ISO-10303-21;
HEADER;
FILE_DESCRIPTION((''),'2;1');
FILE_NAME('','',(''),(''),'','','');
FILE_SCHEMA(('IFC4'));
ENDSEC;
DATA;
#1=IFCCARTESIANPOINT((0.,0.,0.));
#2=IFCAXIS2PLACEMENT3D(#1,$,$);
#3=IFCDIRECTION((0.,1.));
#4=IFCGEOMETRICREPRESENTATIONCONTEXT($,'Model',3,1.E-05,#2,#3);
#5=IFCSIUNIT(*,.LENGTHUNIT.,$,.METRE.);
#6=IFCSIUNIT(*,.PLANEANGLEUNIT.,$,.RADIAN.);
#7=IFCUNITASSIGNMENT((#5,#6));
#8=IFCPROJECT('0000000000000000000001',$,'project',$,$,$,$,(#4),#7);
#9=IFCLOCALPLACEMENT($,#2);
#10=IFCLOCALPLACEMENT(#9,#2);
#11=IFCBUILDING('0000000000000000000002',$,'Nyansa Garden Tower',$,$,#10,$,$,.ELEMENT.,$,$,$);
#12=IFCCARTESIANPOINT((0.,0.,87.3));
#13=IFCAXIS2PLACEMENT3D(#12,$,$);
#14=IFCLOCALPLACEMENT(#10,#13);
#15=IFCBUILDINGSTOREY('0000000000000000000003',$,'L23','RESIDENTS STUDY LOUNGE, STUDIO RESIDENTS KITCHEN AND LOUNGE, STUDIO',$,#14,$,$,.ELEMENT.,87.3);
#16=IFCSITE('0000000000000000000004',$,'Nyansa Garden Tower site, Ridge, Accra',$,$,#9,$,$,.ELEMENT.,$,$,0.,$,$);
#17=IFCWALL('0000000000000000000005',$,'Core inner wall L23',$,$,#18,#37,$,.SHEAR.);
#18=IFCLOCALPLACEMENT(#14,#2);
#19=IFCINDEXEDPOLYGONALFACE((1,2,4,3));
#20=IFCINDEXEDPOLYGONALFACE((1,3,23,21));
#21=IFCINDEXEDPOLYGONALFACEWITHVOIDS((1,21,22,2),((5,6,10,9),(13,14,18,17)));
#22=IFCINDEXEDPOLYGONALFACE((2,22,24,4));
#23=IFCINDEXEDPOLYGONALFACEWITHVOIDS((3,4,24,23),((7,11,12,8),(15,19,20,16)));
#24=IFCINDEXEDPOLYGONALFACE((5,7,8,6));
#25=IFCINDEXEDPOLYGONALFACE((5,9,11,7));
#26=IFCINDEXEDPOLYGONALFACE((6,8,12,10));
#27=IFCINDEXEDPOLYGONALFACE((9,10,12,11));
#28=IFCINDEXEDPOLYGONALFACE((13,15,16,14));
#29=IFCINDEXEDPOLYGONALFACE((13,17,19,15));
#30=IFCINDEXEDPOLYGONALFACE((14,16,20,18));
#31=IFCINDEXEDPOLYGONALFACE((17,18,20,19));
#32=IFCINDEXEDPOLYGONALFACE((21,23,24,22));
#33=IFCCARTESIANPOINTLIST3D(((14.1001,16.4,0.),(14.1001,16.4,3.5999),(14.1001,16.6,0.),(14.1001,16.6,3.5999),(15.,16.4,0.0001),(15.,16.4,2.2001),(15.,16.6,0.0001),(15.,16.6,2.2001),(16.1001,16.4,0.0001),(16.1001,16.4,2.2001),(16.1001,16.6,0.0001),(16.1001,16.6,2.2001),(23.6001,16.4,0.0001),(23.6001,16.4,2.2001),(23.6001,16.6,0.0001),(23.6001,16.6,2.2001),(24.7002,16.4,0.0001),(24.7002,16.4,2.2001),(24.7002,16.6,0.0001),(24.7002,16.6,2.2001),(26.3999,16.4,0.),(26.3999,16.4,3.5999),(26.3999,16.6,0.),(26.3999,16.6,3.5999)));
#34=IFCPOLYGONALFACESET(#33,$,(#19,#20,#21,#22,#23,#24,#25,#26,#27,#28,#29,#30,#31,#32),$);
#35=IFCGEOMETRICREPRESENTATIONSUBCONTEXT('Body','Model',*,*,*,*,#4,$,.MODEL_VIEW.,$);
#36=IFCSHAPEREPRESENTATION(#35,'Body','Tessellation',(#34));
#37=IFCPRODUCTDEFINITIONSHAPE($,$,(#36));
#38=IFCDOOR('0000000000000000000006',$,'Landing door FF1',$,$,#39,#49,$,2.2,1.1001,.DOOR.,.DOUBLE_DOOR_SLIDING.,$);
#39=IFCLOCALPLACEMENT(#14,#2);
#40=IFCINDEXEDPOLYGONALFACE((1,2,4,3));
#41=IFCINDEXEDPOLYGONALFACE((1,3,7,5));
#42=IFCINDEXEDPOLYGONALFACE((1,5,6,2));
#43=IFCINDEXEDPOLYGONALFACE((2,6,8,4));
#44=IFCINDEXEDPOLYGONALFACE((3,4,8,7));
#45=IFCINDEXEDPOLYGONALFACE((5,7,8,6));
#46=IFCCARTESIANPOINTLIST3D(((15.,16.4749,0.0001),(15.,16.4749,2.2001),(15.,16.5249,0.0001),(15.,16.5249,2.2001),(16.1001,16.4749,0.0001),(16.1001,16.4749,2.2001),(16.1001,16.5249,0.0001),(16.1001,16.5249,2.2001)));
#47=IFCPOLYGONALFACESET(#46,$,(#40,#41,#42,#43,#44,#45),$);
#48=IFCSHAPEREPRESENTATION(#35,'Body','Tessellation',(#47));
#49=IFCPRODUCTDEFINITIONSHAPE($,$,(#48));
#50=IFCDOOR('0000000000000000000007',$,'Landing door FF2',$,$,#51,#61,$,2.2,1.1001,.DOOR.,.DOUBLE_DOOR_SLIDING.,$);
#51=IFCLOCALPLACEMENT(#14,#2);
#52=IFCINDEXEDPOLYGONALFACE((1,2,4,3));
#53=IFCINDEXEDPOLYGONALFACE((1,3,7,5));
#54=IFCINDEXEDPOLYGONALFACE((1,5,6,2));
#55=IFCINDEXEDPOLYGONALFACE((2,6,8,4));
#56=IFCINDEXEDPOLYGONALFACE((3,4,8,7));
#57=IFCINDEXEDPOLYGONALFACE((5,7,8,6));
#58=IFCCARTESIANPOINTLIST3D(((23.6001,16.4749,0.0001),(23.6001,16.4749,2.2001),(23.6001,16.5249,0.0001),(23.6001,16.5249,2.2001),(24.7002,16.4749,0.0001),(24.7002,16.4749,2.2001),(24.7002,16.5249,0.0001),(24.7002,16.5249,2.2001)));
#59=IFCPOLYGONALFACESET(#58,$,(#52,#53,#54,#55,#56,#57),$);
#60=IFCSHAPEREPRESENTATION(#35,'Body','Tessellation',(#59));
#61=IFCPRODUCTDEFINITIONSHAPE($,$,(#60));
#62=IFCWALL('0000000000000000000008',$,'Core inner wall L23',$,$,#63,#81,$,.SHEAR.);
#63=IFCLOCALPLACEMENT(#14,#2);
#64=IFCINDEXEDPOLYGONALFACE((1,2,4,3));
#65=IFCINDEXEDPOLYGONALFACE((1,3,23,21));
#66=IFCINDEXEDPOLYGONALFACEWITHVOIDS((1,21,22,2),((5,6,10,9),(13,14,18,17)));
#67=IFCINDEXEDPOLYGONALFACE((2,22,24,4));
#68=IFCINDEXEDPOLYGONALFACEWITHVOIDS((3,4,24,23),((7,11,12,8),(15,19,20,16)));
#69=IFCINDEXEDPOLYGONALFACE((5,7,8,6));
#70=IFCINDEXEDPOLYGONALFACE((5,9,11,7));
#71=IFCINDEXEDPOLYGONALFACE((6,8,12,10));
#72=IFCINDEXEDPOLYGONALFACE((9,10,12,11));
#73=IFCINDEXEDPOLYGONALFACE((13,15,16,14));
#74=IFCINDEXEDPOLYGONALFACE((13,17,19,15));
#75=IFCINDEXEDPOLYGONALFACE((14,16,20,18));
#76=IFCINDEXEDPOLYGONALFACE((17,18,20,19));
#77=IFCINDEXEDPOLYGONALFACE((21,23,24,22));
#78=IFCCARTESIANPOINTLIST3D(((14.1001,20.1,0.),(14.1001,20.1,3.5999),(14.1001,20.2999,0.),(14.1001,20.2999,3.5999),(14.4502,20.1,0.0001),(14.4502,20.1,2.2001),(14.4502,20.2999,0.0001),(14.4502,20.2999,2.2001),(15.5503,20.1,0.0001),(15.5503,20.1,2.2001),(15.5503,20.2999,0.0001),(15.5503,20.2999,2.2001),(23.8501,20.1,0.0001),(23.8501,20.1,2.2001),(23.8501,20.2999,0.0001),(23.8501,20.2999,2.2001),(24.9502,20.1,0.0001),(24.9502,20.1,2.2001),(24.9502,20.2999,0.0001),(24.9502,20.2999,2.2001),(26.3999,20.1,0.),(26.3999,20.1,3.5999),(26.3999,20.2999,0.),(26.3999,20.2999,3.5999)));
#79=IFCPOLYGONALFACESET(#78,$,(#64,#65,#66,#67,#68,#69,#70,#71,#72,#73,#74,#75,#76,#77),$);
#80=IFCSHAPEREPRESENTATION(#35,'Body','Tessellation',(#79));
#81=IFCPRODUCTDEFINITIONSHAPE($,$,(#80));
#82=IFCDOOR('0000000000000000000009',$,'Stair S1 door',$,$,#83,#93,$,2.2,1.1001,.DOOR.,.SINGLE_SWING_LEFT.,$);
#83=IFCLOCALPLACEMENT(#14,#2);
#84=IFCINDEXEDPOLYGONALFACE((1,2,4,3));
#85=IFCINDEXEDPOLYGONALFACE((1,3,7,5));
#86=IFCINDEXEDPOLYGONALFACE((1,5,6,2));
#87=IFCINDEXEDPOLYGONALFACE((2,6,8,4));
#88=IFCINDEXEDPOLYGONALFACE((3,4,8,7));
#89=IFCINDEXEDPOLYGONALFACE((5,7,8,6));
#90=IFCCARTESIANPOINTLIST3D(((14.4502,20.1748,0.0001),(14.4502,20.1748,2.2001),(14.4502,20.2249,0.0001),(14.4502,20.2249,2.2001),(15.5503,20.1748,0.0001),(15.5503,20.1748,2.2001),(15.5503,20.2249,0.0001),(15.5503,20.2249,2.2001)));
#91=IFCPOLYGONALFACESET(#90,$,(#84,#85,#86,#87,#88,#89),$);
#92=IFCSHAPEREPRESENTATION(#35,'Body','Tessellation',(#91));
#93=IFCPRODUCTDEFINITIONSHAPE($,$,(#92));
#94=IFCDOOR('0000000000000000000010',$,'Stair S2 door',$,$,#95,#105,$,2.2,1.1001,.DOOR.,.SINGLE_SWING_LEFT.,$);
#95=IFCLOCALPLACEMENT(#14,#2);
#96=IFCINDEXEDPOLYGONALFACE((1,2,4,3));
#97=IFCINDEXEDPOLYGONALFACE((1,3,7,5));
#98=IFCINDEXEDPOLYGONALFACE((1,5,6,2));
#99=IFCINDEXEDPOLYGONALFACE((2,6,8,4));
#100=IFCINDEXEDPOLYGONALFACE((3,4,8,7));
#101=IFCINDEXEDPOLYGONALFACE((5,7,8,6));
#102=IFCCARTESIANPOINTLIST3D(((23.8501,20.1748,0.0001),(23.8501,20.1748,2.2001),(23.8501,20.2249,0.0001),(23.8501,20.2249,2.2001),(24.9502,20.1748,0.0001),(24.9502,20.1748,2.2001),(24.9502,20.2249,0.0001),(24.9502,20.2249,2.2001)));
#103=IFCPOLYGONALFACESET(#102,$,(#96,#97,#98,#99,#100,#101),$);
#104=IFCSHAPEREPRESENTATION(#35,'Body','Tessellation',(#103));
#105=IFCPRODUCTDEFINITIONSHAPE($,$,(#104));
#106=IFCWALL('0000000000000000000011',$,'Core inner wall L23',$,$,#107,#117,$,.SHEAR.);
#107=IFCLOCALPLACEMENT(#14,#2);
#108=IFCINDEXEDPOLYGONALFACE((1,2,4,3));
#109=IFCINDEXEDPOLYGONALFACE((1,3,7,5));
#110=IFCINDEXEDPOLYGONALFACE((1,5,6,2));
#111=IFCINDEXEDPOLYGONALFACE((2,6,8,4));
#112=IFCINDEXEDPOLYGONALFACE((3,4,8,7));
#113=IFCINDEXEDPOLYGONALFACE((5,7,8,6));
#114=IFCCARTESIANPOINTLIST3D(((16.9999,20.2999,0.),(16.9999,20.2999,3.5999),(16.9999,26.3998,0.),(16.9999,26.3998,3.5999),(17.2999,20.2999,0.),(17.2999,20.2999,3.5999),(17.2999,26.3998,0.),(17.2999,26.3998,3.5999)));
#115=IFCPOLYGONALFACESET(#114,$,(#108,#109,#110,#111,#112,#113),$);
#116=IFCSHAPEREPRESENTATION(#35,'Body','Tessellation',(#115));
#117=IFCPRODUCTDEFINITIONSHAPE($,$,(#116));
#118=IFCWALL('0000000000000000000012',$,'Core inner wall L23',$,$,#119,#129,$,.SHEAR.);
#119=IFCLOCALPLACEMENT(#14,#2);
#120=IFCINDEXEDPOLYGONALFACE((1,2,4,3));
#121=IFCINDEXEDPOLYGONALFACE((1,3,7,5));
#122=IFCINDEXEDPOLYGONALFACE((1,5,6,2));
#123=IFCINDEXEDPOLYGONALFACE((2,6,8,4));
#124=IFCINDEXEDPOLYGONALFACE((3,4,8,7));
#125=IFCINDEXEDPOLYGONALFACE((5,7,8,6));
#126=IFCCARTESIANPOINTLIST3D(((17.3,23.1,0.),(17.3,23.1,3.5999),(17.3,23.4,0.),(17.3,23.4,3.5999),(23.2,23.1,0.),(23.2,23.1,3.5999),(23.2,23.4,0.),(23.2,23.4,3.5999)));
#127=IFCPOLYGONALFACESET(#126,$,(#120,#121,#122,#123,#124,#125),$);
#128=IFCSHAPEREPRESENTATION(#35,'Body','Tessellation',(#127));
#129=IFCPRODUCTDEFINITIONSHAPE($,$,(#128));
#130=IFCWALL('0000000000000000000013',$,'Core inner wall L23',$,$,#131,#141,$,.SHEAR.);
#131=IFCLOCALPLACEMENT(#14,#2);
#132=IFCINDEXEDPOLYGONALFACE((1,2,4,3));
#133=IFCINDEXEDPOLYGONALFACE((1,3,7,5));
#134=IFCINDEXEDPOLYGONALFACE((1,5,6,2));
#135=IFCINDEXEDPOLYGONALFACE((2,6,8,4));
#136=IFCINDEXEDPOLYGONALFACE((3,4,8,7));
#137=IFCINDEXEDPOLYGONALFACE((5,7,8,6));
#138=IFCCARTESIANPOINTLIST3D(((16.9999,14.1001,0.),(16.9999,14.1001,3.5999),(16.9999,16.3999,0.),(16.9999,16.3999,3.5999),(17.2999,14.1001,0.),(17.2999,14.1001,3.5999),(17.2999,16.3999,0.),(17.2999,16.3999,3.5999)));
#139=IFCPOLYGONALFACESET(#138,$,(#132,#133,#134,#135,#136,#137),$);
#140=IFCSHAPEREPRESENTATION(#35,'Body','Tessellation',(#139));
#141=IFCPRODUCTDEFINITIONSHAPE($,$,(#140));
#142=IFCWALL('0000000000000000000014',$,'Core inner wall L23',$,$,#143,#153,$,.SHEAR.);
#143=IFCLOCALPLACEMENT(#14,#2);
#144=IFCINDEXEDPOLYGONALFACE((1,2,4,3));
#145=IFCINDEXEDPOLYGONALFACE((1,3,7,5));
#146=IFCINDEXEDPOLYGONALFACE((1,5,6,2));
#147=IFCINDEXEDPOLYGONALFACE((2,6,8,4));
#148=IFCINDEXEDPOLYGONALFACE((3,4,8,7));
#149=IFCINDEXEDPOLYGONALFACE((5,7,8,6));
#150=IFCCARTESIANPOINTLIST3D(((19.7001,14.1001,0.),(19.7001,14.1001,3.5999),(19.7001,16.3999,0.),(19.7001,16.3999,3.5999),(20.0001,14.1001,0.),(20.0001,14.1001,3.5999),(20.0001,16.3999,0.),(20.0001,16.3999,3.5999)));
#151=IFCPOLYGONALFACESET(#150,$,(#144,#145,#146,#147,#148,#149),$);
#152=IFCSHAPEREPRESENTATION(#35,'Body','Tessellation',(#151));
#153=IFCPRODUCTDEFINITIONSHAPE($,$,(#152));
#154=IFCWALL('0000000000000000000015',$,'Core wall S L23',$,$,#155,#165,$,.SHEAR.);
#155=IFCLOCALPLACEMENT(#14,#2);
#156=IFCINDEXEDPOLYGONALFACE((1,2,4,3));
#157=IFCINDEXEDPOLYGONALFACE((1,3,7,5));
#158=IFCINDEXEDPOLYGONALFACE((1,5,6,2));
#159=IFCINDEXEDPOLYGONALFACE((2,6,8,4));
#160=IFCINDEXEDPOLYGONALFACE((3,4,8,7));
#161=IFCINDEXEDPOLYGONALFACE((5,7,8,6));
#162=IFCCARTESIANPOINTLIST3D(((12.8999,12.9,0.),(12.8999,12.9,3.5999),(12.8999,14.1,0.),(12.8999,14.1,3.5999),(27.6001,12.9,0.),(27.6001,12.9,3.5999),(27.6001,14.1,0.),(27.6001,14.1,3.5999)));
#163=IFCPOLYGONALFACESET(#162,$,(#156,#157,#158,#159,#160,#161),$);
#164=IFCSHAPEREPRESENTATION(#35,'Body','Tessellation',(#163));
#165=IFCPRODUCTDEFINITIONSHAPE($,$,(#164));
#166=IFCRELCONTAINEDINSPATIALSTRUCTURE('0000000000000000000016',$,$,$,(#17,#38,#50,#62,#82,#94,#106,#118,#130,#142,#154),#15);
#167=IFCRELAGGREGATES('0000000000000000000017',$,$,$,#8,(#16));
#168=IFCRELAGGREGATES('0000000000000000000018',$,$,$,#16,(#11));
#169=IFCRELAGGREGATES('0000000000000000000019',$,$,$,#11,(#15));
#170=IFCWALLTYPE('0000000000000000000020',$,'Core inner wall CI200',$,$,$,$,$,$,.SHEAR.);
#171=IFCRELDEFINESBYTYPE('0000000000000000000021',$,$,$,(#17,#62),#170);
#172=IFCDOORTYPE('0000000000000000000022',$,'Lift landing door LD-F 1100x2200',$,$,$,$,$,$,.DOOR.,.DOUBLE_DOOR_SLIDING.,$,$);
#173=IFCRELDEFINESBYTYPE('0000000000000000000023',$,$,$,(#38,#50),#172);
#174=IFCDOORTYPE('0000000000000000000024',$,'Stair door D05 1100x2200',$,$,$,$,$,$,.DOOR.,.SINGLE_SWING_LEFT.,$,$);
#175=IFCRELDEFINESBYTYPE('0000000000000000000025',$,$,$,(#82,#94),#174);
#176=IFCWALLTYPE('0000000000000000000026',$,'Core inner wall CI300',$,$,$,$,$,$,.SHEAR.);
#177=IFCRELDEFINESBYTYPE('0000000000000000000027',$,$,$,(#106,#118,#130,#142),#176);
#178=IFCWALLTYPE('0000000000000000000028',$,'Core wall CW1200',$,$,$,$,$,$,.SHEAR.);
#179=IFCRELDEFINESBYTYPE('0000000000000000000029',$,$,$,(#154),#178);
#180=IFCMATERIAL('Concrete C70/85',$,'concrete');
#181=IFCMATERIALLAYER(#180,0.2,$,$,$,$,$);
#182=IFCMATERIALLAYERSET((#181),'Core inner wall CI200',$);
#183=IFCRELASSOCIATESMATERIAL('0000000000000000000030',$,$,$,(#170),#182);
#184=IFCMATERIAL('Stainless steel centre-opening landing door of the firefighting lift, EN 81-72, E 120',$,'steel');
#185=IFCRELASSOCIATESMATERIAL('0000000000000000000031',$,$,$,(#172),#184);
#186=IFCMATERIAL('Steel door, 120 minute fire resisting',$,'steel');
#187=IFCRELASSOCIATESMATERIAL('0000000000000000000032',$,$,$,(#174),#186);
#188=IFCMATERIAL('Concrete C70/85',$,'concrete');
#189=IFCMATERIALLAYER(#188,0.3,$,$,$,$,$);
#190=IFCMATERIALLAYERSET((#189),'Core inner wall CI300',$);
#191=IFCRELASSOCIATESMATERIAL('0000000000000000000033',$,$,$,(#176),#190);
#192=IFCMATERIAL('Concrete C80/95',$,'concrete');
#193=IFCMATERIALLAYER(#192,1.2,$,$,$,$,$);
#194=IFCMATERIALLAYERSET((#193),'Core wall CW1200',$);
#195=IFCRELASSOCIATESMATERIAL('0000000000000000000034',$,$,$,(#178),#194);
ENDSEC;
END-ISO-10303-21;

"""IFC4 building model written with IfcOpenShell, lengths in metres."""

from ifc_helpers import new_model, si_unit, direction, frame, frame_2d, origin, place, context, subcontext, project, spatial, rectangle, extrude, material, layer, layer_set, type_object, element, fill, save


model = new_model("IFC4")

# Units and contexts
model_context = context("Model", 3, precision=1e-05, world=origin(), true_north=direction((0.0, 1.0)))
body_context = subcontext(model_context, "Body", "Model", "MODEL_VIEW")
ifc_project = project(units=[si_unit("LENGTHUNIT", "METRE"), si_unit("PLANEANGLEUNIT", "RADIAN")], contexts=[model_context])

# Site, building, storey
site_placement = place(None, origin())
site = spatial("IfcSite", under=ifc_project, at=site_placement, Name="Nyansa Garden Tower site, Ridge, Accra", CompositionType="ELEMENT", RefElevation=0.0)
building_placement = place(site_placement, origin())
building = spatial("IfcBuilding", under=site, at=building_placement, Name="Nyansa Garden Tower", CompositionType="ELEMENT")
storey_placement = place(building_placement, frame((0.0, 0.0, 87.3)))
storey = spatial("IfcBuildingStorey", under=building, at=storey_placement, Name="L23", Description="RESIDENTS STUDY LOUNGE, STUDIO RESIDENTS KITCHEN AND LOUNGE, STUDIO", CompositionType="ELEMENT", Elevation=87.3)

# Walls, openings, doors
ifc_material_1 = material(Name="Concrete C70/85", Category="concrete")
ifc_layer_1 = layer(ifc_material_1, 0.2)
ifc_layer_set_1 = layer_set([ifc_layer_1], Name="Core inner wall CI200")
wall_type_1 = type_object("IfcWallType", Name="Core inner wall CI200", PredefinedType="SHEAR", material=ifc_layer_set_1)
wall_1_placement = place(storey_placement, frame((14.1001, 16.5, 0.0), z_axis=(0.0, 0.0, 1.0), x_axis=(1.0, 0.0, 0.0)))
wall_1 = element("IfcWall", 1, at=wall_1_placement, inside=storey, type_object=wall_type_1, Name="Core inner wall L23", PredefinedType="SHEAR", context=body_context, shape_type="SweptSolid", body=[
    extrude(rectangle(XDim=12.2998, YDim=0.2, at=frame_2d((6.1499, 0.0))), origin(), (0.0, 0.0, 1.0), 3.5999),
])
opening_1_placement = place(wall_1_placement, frame((0.8999, 0.0, 0.0)))
opening_1 = element("IfcOpeningElement", 2, at=opening_1_placement, cuts=wall_1, PredefinedType="OPENING", context=body_context, shape_type="SweptSolid", body=[
    extrude(rectangle(XDim=1.1001, YDim=2.2, at=frame_2d((0.55, 1.1001))), frame((0.0, 0.1099, 0.0), z_axis=(0.0, -1.0, 0.0), x_axis=(1.0, 0.0, 0.0)), (0.0, 0.0, 1.0), 0.22),
])
opening_2_placement = place(wall_1_placement, frame((9.5, 0.0, 0.0)))
opening_2 = element("IfcOpeningElement", 3, at=opening_2_placement, cuts=wall_1, PredefinedType="OPENING", context=body_context, shape_type="SweptSolid", body=[
    extrude(rectangle(XDim=1.1001, YDim=2.2, at=frame_2d((0.55, 1.1001))), frame((0.0, 0.1099, 0.0), z_axis=(0.0, -1.0, 0.0), x_axis=(1.0, 0.0, 0.0)), (0.0, 0.0, 1.0), 0.22),
])
ifc_material_2 = material(Name="Stainless steel centre-opening landing door of the firefighting lift, EN 81-72, E 120", Category="steel")
door_type_1 = type_object("IfcDoorType", Name="Lift landing door LD-F 1100x2200", OperationType="DOUBLE_DOOR_SLIDING", PredefinedType="DOOR", material=ifc_material_2)
door_1_placement = place(opening_1_placement, origin())
door_1 = element("IfcDoor", 4, at=door_1_placement, inside=storey, type_object=door_type_1, Name="Landing door FF1", OperationType="DOUBLE_DOOR_SLIDING", OverallHeight=2.2, OverallWidth=1.1001, PredefinedType="DOOR", context=body_context, shape_type="SweptSolid", body=[
    extrude(rectangle(XDim=1.1001, YDim=2.2, at=frame_2d((0.55, 1.1001))), frame((0.0, 0.0249, 0.0), z_axis=(0.0, -1.0, 0.0), x_axis=(1.0, 0.0, 0.0)), (0.0, 0.0, 1.0), 0.05),
])
fill(opening_1, door_1)
door_2_placement = place(opening_2_placement, origin())
door_2 = element("IfcDoor", 5, at=door_2_placement, inside=storey, type_object=door_type_1, Name="Landing door FF2", OperationType="DOUBLE_DOOR_SLIDING", OverallHeight=2.2, OverallWidth=1.1001, PredefinedType="DOOR", context=body_context, shape_type="SweptSolid", body=[
    extrude(rectangle(XDim=1.1001, YDim=2.2, at=frame_2d((0.55, 1.1001))), frame((0.0, 0.0249, 0.0), z_axis=(0.0, -1.0, 0.0), x_axis=(1.0, 0.0, 0.0)), (0.0, 0.0, 1.0), 0.05),
])
fill(opening_2, door_2)
wall_2_placement = place(storey_placement, frame((14.1001, 20.2, 0.0), z_axis=(0.0, 0.0, 1.0), x_axis=(1.0, 0.0, 0.0)))
wall_2 = element("IfcWall", 6, at=wall_2_placement, inside=storey, type_object=wall_type_1, Name="Core inner wall L23", PredefinedType="SHEAR", context=body_context, shape_type="SweptSolid", body=[
    extrude(rectangle(XDim=12.2998, YDim=0.2, at=frame_2d((6.1499, 0.0))), origin(), (0.0, 0.0, 1.0), 3.5999),
])
opening_3_placement = place(wall_2_placement, frame((0.3501, 0.0, 0.0)))
opening_3 = element("IfcOpeningElement", 7, at=opening_3_placement, cuts=wall_2, PredefinedType="OPENING", context=body_context, shape_type="SweptSolid", body=[
    extrude(rectangle(XDim=1.1001, YDim=2.2, at=frame_2d((0.55, 1.1001))), frame((0.0, 0.1099, 0.0), z_axis=(0.0, -1.0, 0.0), x_axis=(1.0, 0.0, 0.0)), (0.0, 0.0, 1.0), 0.22),
])
opening_4_placement = place(wall_2_placement, frame((9.75, 0.0, 0.0)))
opening_4 = element("IfcOpeningElement", 8, at=opening_4_placement, cuts=wall_2, PredefinedType="OPENING", context=body_context, shape_type="SweptSolid", body=[
    extrude(rectangle(XDim=1.1001, YDim=2.2, at=frame_2d((0.55, 1.1001))), frame((0.0, 0.1099, 0.0), z_axis=(0.0, -1.0, 0.0), x_axis=(1.0, 0.0, 0.0)), (0.0, 0.0, 1.0), 0.22),
])
ifc_material_3 = material(Name="Steel door, 120 minute fire resisting", Category="steel")
door_type_2 = type_object("IfcDoorType", Name="Stair door D05 1100x2200", OperationType="SINGLE_SWING_LEFT", PredefinedType="DOOR", material=ifc_material_3)
door_3_placement = place(opening_3_placement, origin())
door_3 = element("IfcDoor", 9, at=door_3_placement, inside=storey, type_object=door_type_2, Name="Stair S1 door", OperationType="SINGLE_SWING_LEFT", OverallHeight=2.2, OverallWidth=1.1001, PredefinedType="DOOR", context=body_context, shape_type="SweptSolid", body=[
    extrude(rectangle(XDim=1.1001, YDim=2.2, at=frame_2d((0.55, 1.1001))), frame((0.0, 0.0249, 0.0), z_axis=(0.0, -1.0, 0.0), x_axis=(1.0, 0.0, 0.0)), (0.0, 0.0, 1.0), 0.05),
])
fill(opening_3, door_3)
door_4_placement = place(opening_4_placement, origin())
door_4 = element("IfcDoor", 10, at=door_4_placement, inside=storey, type_object=door_type_2, Name="Stair S2 door", OperationType="SINGLE_SWING_LEFT", OverallHeight=2.2, OverallWidth=1.1001, PredefinedType="DOOR", context=body_context, shape_type="SweptSolid", body=[
    extrude(rectangle(XDim=1.1001, YDim=2.2, at=frame_2d((0.55, 1.1001))), frame((0.0, 0.0249, 0.0), z_axis=(0.0, -1.0, 0.0), x_axis=(1.0, 0.0, 0.0)), (0.0, 0.0, 1.0), 0.05),
])
fill(opening_4, door_4)

# Walls
ifc_material_4 = material(Name="Concrete C70/85", Category="concrete")
ifc_layer_2 = layer(ifc_material_4, 0.3)
ifc_layer_set_2 = layer_set([ifc_layer_2], Name="Core inner wall CI300")
wall_type_2 = type_object("IfcWallType", Name="Core inner wall CI300", PredefinedType="SHEAR", material=ifc_layer_set_2)
wall_3_placement = place(storey_placement, frame((17.1499, 20.3, 0.0), z_axis=(0.0, 0.0, 1.0), x_axis=(0.0, 1.0, 0.0)))
element("IfcWall", 11, at=wall_3_placement, inside=storey, type_object=wall_type_2, Name="Core inner wall L23", PredefinedType="SHEAR", context=body_context, shape_type="SweptSolid", body=[
    extrude(rectangle(XDim=6.0999, YDim=0.3, at=frame_2d((3.0498, 0.0))), origin(), (0.0, 0.0, 1.0), 3.5999),
])
wall_4_placement = place(storey_placement, frame((17.3, 23.25, 0.0), z_axis=(0.0, 0.0, 1.0), x_axis=(1.0, 0.0, 0.0)))
element("IfcWall", 12, at=wall_4_placement, inside=storey, type_object=wall_type_2, Name="Core inner wall L23", PredefinedType="SHEAR", context=body_context, shape_type="SweptSolid", body=[
    extrude(rectangle(XDim=5.8999, YDim=0.3, at=frame_2d((2.95, 0.0))), origin(), (0.0, 0.0, 1.0), 3.5999),
])
for number, where, z_axis, x_axis, name in (
    (13, (17.1499, 14.1001, 0.0), (0.0, 0.0, 1.0), (0.0, 1.0, 0.0), "Core inner wall L23"),
    (14, (19.8501, 14.1001, 0.0), (0.0, 0.0, 1.0), (0.0, 1.0, 0.0), "Core inner wall L23"),
):
    element("IfcWall", number, at=place(storey_placement, frame(where, z_axis=z_axis, x_axis=x_axis)), inside=storey, type_object=wall_type_2, Name=name, PredefinedType="SHEAR", context=body_context, shape_type="SweptSolid", body=[
        extrude(rectangle(XDim=2.2998, YDim=0.3, at=frame_2d((1.1499, 0.0))), origin(), (0.0, 0.0, 1.0), 3.5999),
    ])
ifc_material_5 = material(Name="Concrete C80/95", Category="concrete")
ifc_layer_3 = layer(ifc_material_5, 1.2)
ifc_layer_set_3 = layer_set([ifc_layer_3], Name="Core wall CW1200")
wall_type_3 = type_object("IfcWallType", Name="Core wall CW1200", PredefinedType="SHEAR", material=ifc_layer_set_3)
wall_5_placement = place(storey_placement, frame((12.8999, 13.5, 0.0), z_axis=(0.0, 0.0, 1.0), x_axis=(1.0, 0.0, 0.0)))
element("IfcWall", 15, at=wall_5_placement, inside=storey, type_object=wall_type_3, Name="Core wall S L23", PredefinedType="SHEAR", context=body_context, shape_type="SweptSolid", body=[
    extrude(rectangle(XDim=14.7002, YDim=1.2, at=frame_2d((7.3501, 0.0))), origin(), (0.0, 0.0, 1.0), 3.5999),
])

save(model, "model.ifc")
